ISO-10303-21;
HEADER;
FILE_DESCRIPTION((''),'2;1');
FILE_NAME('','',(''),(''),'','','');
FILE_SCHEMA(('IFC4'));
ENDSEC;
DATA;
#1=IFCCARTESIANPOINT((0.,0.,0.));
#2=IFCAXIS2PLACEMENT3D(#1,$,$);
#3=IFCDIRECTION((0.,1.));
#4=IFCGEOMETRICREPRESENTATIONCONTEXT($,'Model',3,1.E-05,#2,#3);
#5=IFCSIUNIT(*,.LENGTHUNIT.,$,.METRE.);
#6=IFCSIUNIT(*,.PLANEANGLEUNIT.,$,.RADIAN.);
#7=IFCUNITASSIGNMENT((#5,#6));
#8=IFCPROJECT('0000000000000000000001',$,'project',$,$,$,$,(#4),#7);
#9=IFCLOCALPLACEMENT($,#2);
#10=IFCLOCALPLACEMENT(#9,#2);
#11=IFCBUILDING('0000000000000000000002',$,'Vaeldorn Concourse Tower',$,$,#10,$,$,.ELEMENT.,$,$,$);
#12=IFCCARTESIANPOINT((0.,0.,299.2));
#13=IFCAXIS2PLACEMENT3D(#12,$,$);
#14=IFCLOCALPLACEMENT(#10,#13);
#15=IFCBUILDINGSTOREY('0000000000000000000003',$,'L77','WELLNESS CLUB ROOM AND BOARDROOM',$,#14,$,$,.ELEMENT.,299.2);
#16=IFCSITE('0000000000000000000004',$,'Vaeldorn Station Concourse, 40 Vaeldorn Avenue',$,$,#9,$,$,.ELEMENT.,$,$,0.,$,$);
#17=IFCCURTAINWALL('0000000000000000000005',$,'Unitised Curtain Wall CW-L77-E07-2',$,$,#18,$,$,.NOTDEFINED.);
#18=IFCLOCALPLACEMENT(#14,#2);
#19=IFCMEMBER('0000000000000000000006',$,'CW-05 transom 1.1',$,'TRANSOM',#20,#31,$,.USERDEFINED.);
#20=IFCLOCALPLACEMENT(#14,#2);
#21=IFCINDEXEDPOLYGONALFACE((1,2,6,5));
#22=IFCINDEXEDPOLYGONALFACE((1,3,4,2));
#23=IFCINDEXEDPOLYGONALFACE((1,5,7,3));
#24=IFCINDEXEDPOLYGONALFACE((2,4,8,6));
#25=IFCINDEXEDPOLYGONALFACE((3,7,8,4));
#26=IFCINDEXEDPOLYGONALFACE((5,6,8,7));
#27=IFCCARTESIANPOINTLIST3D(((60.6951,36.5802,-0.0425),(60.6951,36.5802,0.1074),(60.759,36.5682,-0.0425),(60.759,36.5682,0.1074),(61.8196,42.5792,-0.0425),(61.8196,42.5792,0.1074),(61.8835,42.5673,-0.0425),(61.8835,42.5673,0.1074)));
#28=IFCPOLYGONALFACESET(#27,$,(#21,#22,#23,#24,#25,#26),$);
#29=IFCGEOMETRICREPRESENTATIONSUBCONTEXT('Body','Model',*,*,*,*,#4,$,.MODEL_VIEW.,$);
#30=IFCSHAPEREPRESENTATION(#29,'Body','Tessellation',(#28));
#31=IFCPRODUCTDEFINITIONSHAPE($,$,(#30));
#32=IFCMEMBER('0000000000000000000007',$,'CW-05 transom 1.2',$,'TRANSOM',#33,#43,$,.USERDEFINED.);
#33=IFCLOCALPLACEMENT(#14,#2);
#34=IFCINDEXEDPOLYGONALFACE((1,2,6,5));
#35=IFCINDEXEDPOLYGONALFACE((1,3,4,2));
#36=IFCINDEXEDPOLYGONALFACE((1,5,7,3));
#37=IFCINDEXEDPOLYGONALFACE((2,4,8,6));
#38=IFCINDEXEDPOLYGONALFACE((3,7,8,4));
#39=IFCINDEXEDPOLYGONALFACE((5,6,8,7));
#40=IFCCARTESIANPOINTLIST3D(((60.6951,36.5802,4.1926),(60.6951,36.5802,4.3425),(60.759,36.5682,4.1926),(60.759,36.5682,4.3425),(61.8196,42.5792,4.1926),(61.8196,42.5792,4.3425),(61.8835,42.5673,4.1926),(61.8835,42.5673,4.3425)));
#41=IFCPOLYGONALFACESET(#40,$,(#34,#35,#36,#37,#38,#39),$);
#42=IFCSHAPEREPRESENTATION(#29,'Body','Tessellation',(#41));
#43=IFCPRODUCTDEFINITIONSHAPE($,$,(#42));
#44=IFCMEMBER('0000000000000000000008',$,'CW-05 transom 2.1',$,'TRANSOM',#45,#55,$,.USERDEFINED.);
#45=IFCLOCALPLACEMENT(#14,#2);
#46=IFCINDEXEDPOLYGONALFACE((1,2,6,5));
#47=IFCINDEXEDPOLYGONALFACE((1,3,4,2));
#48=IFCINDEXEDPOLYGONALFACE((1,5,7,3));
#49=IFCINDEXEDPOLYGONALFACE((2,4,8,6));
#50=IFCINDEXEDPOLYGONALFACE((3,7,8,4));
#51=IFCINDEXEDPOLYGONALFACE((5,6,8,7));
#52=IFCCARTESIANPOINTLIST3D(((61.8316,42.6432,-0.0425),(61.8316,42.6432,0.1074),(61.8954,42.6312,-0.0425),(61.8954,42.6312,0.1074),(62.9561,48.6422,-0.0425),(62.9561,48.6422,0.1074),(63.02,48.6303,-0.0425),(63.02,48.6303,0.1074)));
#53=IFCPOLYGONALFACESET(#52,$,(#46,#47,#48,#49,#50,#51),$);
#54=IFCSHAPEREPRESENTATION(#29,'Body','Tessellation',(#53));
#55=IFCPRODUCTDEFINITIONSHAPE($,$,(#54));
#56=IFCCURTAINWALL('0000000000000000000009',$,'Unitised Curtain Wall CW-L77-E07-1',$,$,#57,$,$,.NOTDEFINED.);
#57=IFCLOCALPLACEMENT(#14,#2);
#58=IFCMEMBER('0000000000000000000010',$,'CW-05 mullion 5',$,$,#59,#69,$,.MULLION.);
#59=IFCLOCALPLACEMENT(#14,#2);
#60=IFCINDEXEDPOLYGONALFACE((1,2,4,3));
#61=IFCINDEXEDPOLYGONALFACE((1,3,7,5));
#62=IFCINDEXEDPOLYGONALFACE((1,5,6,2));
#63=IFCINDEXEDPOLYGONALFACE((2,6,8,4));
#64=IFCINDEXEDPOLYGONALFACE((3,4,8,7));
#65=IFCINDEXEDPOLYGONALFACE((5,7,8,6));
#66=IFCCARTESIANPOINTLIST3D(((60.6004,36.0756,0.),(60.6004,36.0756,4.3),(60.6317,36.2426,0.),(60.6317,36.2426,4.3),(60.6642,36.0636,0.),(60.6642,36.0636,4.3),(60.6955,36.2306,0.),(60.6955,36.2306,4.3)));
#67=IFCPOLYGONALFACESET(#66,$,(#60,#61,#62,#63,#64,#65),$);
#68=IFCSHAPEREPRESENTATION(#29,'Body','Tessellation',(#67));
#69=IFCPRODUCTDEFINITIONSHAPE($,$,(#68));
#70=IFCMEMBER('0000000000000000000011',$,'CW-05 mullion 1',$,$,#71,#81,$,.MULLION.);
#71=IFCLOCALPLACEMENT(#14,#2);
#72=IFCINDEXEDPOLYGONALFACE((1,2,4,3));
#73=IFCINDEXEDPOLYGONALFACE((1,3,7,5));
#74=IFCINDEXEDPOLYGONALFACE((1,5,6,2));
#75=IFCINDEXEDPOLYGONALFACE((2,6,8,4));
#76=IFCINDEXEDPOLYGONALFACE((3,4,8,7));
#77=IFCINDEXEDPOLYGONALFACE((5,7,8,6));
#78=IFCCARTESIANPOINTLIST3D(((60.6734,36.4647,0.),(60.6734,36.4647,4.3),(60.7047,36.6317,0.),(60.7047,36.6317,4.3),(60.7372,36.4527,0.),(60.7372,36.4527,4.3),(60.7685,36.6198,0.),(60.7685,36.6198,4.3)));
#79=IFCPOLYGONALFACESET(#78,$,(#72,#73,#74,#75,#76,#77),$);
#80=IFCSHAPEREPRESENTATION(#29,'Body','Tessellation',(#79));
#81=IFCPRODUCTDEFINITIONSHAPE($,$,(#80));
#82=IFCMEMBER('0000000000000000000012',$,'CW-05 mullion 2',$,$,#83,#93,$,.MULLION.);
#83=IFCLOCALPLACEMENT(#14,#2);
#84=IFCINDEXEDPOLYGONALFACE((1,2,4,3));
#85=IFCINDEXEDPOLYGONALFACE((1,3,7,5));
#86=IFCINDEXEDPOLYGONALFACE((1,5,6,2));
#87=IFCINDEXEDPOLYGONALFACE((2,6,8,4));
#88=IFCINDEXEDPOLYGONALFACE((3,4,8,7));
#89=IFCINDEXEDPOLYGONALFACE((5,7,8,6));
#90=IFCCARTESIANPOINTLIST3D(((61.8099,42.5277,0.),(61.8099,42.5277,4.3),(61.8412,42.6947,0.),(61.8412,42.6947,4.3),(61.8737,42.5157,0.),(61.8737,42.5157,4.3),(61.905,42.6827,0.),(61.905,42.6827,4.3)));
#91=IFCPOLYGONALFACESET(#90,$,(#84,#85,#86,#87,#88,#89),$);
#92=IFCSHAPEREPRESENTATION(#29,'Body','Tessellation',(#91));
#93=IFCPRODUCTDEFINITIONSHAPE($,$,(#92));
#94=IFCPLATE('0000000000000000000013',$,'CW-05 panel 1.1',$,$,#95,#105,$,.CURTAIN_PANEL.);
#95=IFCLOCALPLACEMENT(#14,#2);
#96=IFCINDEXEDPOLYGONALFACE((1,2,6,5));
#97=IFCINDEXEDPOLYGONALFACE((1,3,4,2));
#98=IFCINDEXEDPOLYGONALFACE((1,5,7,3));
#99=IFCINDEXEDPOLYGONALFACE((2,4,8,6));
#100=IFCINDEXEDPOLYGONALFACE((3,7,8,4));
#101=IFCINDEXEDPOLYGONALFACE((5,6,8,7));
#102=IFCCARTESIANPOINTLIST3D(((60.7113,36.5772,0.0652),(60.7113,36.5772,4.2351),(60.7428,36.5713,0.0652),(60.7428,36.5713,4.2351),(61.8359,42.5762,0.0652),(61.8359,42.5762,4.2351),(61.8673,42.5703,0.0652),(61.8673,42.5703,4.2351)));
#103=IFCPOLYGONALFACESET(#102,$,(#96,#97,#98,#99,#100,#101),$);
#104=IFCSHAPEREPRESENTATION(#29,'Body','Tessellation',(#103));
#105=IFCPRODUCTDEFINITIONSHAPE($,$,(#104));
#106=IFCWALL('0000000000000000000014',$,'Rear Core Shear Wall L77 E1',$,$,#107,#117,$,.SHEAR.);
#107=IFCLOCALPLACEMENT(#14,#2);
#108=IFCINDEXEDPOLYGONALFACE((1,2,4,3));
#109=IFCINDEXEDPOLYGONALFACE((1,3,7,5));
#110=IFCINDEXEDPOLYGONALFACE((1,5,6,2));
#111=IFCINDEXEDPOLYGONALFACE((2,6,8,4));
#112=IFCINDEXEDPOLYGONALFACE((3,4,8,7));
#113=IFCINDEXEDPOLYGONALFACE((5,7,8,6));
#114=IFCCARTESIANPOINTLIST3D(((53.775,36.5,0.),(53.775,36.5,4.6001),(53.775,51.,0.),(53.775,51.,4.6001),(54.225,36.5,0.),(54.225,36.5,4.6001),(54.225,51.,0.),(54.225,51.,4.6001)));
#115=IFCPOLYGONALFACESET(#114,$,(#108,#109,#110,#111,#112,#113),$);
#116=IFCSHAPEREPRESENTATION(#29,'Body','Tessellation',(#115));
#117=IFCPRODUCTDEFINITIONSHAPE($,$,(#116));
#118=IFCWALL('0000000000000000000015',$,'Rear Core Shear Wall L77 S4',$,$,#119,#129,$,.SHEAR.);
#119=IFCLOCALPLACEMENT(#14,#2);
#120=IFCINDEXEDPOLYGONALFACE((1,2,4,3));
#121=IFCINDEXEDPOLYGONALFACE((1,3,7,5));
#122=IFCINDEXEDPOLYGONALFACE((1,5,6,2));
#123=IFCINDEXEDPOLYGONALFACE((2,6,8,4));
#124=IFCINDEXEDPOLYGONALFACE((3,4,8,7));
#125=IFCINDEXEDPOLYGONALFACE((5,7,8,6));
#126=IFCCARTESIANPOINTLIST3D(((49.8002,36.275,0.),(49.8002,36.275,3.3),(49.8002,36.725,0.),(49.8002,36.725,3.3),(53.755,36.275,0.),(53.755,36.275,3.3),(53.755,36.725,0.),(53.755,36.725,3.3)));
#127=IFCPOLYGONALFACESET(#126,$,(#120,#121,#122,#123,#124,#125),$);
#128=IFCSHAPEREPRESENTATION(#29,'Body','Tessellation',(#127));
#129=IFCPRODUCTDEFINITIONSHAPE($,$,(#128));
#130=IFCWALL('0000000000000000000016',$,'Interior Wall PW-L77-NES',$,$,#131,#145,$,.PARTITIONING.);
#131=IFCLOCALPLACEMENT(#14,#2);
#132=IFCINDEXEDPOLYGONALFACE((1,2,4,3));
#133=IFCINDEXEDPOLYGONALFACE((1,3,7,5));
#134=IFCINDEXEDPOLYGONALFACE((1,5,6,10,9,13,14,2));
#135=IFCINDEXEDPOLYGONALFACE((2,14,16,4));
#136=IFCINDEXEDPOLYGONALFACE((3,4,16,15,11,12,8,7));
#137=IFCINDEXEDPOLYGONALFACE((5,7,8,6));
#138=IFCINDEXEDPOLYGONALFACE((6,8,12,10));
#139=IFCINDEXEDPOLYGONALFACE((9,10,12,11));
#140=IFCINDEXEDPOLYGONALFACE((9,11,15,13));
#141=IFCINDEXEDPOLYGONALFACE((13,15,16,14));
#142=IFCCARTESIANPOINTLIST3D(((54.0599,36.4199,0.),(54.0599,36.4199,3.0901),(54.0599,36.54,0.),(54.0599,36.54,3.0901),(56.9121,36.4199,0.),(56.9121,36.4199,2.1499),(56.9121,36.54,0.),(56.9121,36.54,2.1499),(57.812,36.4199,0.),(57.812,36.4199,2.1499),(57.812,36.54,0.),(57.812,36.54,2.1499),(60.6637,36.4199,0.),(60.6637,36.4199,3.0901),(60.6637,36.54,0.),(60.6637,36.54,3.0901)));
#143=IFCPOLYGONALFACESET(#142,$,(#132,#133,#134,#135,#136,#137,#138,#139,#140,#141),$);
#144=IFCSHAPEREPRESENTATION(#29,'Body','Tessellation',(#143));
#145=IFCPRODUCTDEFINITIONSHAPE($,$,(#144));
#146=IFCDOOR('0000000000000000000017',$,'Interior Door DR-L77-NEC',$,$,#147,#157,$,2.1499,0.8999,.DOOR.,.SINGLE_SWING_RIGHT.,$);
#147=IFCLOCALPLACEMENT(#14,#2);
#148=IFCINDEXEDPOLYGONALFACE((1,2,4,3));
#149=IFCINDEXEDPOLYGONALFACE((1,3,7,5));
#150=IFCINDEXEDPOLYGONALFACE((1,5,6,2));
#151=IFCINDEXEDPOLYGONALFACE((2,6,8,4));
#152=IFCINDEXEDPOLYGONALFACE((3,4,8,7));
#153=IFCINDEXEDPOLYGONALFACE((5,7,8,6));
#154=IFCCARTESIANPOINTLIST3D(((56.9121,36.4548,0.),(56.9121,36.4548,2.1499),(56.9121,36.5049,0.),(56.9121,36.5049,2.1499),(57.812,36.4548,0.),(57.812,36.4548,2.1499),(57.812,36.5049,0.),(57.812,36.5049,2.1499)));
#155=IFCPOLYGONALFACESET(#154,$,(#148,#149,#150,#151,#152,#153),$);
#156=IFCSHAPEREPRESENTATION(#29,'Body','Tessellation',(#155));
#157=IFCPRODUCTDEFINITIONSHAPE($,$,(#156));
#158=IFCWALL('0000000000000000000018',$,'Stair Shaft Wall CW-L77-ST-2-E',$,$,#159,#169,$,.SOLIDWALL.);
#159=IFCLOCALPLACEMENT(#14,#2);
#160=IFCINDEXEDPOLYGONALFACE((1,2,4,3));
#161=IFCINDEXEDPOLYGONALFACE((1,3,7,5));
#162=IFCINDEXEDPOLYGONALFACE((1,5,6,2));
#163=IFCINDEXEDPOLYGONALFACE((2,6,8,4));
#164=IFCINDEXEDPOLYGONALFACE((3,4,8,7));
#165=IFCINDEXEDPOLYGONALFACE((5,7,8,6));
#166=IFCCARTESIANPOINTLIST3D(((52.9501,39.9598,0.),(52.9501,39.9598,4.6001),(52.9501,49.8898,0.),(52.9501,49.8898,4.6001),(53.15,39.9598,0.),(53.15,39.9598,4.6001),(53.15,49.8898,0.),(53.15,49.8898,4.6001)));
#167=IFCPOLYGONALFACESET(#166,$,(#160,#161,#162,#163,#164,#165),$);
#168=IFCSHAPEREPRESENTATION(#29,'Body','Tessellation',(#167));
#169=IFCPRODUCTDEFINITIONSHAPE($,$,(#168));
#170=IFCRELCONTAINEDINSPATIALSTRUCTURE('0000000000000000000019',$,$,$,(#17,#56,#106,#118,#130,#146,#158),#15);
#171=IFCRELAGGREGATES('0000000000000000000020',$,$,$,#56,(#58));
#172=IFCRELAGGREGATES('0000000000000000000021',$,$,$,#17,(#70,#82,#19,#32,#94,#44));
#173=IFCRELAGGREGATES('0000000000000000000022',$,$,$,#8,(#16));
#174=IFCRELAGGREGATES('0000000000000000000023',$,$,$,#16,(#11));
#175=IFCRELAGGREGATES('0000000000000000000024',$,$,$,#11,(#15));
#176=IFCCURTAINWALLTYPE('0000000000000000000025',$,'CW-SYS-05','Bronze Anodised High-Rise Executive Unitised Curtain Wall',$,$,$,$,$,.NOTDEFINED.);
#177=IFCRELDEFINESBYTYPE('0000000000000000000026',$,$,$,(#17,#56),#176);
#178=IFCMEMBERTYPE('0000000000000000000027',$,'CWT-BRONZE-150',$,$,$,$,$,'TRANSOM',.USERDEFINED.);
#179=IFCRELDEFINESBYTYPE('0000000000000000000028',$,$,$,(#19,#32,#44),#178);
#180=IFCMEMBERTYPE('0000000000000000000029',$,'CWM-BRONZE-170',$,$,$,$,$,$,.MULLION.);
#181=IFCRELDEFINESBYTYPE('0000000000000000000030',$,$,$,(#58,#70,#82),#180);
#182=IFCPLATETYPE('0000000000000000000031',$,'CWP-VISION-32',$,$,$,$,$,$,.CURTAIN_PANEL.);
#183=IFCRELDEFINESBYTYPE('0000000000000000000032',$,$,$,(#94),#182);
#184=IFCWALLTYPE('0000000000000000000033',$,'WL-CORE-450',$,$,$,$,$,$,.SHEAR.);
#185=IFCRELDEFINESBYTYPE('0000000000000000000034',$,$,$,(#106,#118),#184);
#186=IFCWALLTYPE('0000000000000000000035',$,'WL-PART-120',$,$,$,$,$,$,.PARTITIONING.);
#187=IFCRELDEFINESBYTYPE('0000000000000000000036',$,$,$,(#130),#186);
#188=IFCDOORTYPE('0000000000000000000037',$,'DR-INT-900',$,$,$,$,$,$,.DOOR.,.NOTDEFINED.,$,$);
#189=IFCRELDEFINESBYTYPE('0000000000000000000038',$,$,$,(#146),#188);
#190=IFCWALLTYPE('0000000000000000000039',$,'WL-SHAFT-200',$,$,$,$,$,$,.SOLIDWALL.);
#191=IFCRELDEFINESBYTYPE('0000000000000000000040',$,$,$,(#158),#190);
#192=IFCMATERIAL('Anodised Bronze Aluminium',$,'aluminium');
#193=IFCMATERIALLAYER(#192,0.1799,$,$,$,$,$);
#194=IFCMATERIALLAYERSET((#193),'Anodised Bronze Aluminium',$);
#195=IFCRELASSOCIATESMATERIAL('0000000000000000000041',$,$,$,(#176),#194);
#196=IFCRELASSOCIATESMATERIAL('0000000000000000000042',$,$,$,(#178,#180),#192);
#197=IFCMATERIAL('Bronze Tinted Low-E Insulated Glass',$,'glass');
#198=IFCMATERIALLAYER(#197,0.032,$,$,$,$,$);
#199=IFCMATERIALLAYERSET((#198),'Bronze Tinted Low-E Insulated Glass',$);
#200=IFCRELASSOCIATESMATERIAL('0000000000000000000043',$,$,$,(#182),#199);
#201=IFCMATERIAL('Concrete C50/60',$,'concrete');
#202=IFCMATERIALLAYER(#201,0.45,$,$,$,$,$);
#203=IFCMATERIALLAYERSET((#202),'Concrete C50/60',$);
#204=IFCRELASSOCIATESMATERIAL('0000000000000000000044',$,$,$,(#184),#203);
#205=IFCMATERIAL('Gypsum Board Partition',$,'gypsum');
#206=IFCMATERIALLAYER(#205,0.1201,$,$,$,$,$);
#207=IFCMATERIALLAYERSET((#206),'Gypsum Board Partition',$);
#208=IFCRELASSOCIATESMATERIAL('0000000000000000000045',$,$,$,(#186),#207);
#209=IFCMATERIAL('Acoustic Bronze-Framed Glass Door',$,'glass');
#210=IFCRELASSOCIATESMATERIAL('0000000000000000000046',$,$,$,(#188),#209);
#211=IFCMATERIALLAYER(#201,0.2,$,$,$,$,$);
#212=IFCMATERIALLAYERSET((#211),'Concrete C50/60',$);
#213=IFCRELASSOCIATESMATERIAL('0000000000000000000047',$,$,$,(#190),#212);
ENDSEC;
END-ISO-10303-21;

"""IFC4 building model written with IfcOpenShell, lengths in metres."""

from ifc_helpers import new_model, si_unit, direction, frame, frame_2d, origin, origin_2d, place, context, subcontext, project, spatial, rectangle, extrude, source, transform, mapped, material, layer, layer_set, material_profile, profile_set, type_object, element, fill, aggregate, save


model = new_model("IFC4")

# Units and contexts
model_context = context("Model", 3, precision=1e-05, world=origin(), true_north=direction((0.0, 1.0)))
body_context = subcontext(model_context, "Body", "Model", "MODEL_VIEW")
ifc_project = project(units=[si_unit("LENGTHUNIT", "METRE"), si_unit("PLANEANGLEUNIT", "RADIAN")], contexts=[model_context])

# Site, building, storey
site_placement = place(None, origin())
site = spatial("IfcSite", under=ifc_project, at=site_placement, Name="Vaeldorn Station Concourse, 40 Vaeldorn Avenue", CompositionType="ELEMENT", RefElevation=0.0)
building_placement = place(site_placement, origin())
building = spatial("IfcBuilding", under=site, at=building_placement, Name="Vaeldorn Concourse Tower", CompositionType="ELEMENT")
storey_placement = place(building_placement, frame((0.0, 0.0, 299.2)))
storey = spatial("IfcBuildingStorey", under=building, at=storey_placement, Name="L77", Description="WELLNESS CLUB ROOM AND BOARDROOM", CompositionType="ELEMENT", Elevation=299.2)

# Shared definitions
ifc_material_1 = material(Name="Concrete C50/60", Category="concrete")

# Curtain wall, members
ifc_material_2 = material(Name="Anodised Bronze Aluminium", Category="aluminium")
ifc_layer_1 = layer(ifc_material_2, 0.1799)
ifc_layer_set_1 = layer_set([ifc_layer_1], Name="Anodised Bronze Aluminium")
curtain_wall_type = type_object("IfcCurtainWallType", Name="CW-SYS-05", Description="Bronze Anodised High-Rise Executive Unitised Curtain Wall", PredefinedType="NOTDEFINED", material=ifc_layer_set_1)
curtain_wall_1_placement = place(storey_placement, origin())
curtain_wall_1 = element("IfcCurtainWall", 1, at=curtain_wall_1_placement, inside=storey, type_object=curtain_wall_type, Name="Unitised Curtain Wall CW-L77-E07-2", PredefinedType="NOTDEFINED")
ifc_material_profile_1 = material_profile(ifc_material_2, rectangle(XDim=0.0649, YDim=0.1499, at=origin_2d()), Name="CWT 65x150")
ifc_profile_set_1 = profile_set([ifc_material_profile_1], Name="Anodised Bronze Aluminium")
member_type_1 = type_object("IfcMemberType", Name="CWT-BRONZE-150", ElementType="TRANSOM", PredefinedType="USERDEFINED", material=ifc_profile_set_1)
shared_shape_1 = source(origin(), body_context, "Body", "SweptSolid", [
    extrude(rectangle(XDim=0.0649, YDim=0.1499, at=origin_2d()), origin(), (0.0, 0.0, 1.0), 6.1035),
])
member_1_placement = place(storey_placement, frame((60.7271, 36.5742, 0.0325), z_axis=(0.18424, 0.982881, 0.0), x_axis=(-0.982881, 0.18424, 0.0)))
member_1 = element("IfcMember", 2, at=member_1_placement, type_object=member_type_1, Name="CW-05 transom 1.1", ObjectType="TRANSOM", PredefinedType="USERDEFINED", context=body_context, shape_type="MappedRepresentation", body=[
    mapped(shared_shape_1, transform((0.0, 0.0, 0.0), scale=1.0)),
])
member_2_placement = place(storey_placement, frame((60.7271, 36.5742, 4.2676), z_axis=(0.18424, 0.982881, 0.0), x_axis=(-0.982881, 0.18424, 0.0)))
member_2 = element("IfcMember", 3, at=member_2_placement, type_object=member_type_1, Name="CW-05 transom 1.2", ObjectType="TRANSOM", PredefinedType="USERDEFINED", context=body_context, shape_type="MappedRepresentation", body=[
    mapped(shared_shape_1, transform((0.0, 0.0, 0.0), scale=1.0)),
])
member_3_placement = place(storey_placement, frame((61.8635, 42.6372, 0.0325), z_axis=(0.18424, 0.982881, 0.0), x_axis=(-0.982881, 0.18424, 0.0)))
member_3 = element("IfcMember", 4, at=member_3_placement, type_object=member_type_1, Name="CW-05 transom 2.1", ObjectType="TRANSOM", PredefinedType="USERDEFINED", context=body_context, shape_type="MappedRepresentation", body=[
    mapped(shared_shape_1, transform((0.0, 0.0, 0.0), scale=1.0)),
])

# Curtain wall, member
curtain_wall_2_placement = place(storey_placement, origin())
curtain_wall_2 = element("IfcCurtainWall", 5, at=curtain_wall_2_placement, inside=storey, type_object=curtain_wall_type, Name="Unitised Curtain Wall CW-L77-E07-1", PredefinedType="NOTDEFINED")
ifc_material_profile_2 = material_profile(ifc_material_2, rectangle(XDim=0.0649, YDim=0.1699, at=origin_2d()), Name="CWM 65x170")
ifc_profile_set_2 = profile_set([ifc_material_profile_2], Name="Anodised Bronze Aluminium")
member_type_2 = type_object("IfcMemberType", Name="CWM-BRONZE-170", PredefinedType="MULLION", material=ifc_profile_set_2)
shared_shape_2 = source(origin(), body_context, "Body", "SweptSolid", [
    extrude(rectangle(XDim=0.0649, YDim=0.1699, at=origin_2d()), origin(), (0.0, 0.0, 1.0), 4.3),
])
member_4_placement = place(storey_placement, frame((60.6479, 36.1531, 0.0), z_axis=(0.0, 0.0, 1.0), x_axis=(-0.98288, 0.184247, 0.0)))
member_4 = element("IfcMember", 6, at=member_4_placement, type_object=member_type_2, Name="CW-05 mullion 5", PredefinedType="MULLION", context=body_context, shape_type="MappedRepresentation", body=[
    mapped(shared_shape_2, transform((0.0, 0.0, 0.0), scale=1.0)),
])
aggregate(curtain_wall_2, [member_4])

# Members
member_5_placement = place(storey_placement, frame((60.7209, 36.5422, 0.0), z_axis=(0.0, 0.0, 1.0), x_axis=(-0.98288, 0.184246, 0.0)))
member_5 = element("IfcMember", 7, at=member_5_placement, type_object=member_type_2, Name="CW-05 mullion 1", PredefinedType="MULLION", context=body_context, shape_type="MappedRepresentation", body=[
    mapped(shared_shape_2, transform((0.0, 0.0, 0.0), scale=1.0)),
])
member_6_placement = place(storey_placement, frame((61.8574, 42.6052, 0.0), z_axis=(0.0, 0.0, 1.0), x_axis=(-0.98288, 0.184246, 0.0)))
member_6 = element("IfcMember", 8, at=member_6_placement, type_object=member_type_2, Name="CW-05 mullion 2", PredefinedType="MULLION", context=body_context, shape_type="MappedRepresentation", body=[
    mapped(shared_shape_2, transform((0.0, 0.0, 0.0), scale=1.0)),
])

# Plate
ifc_material_3 = material(Name="Bronze Tinted Low-E Insulated Glass", Category="glass")
ifc_layer_2 = layer(ifc_material_3, 0.032)
ifc_layer_set_2 = layer_set([ifc_layer_2], Name="Bronze Tinted Low-E Insulated Glass")
plate_type = type_object("IfcPlateType", Name="CWP-VISION-32", PredefinedType="CURTAIN_PANEL", material=ifc_layer_set_2)
shared_shape_3 = source(origin(), body_context, "Body", "SweptSolid", [
    extrude(rectangle(XDim=6.1035, YDim=0.032, at=origin_2d()), origin(), (0.0, 0.0, 1.0), 4.1699),
])
plate_placement = place(storey_placement, frame((61.2893, 39.5737, 0.0652), z_axis=(0.0, 0.0, 1.0), x_axis=(0.184246, 0.98288, 0.0)))
plate = element("IfcPlate", 9, at=plate_placement, type_object=plate_type, Name="CW-05 panel 1.1", PredefinedType="CURTAIN_PANEL", context=body_context, shape_type="MappedRepresentation", body=[
    mapped(shared_shape_3, transform((0.0, 0.0, 0.0), scale=1.0)),
])
aggregate(curtain_wall_1, [member_5, member_6, member_1, member_2, plate, member_3])

# Walls
ifc_layer_3 = layer(ifc_material_1, 0.45)
ifc_layer_set_3 = layer_set([ifc_layer_3], Name="Concrete C50/60")
wall_type_1 = type_object("IfcWallType", Name="WL-CORE-450", PredefinedType="SHEAR", material=ifc_layer_set_3)
wall_1_placement = place(storey_placement, frame((54.0, 36.5, 0.0), z_axis=(0.0, 0.0, 1.0), x_axis=(0.0, 1.0, 0.0)))
element("IfcWall", 10, at=wall_1_placement, inside=storey, type_object=wall_type_1, Name="Rear Core Shear Wall L77 E1", PredefinedType="SHEAR", context=body_context, shape_type="SweptSolid", body=[
    extrude(rectangle(XDim=14.5, YDim=0.45, at=frame_2d((7.25, 0.0))), origin(), (0.0, 0.0, 1.0), 4.6001),
])
wall_2_placement = place(storey_placement, frame((49.8, 36.5, 0.0), z_axis=(0.0, 0.0, 1.0), x_axis=(1.0, 0.0, 0.0)))
element("IfcWall", 11, at=wall_2_placement, inside=storey, type_object=wall_type_1, Name="Rear Core Shear Wall L77 S4", PredefinedType="SHEAR", context=body_context, shape_type="SweptSolid", body=[
    extrude(rectangle(XDim=3.9548, YDim=0.45, at=frame_2d((1.9775, 0.0))), origin(), (0.0, 0.0, 1.0), 3.3),
])

# Wall, opening, door
ifc_material_4 = material(Name="Gypsum Board Partition", Category="gypsum")
ifc_layer_4 = layer(ifc_material_4, 0.1201)
ifc_layer_set_4 = layer_set([ifc_layer_4], Name="Gypsum Board Partition")
wall_type_2 = type_object("IfcWallType", Name="WL-PART-120", PredefinedType="PARTITIONING", material=ifc_layer_set_4)
wall_3_placement = place(storey_placement, frame((54.0601, 36.48, 0.0), z_axis=(0.0, 0.0, 1.0), x_axis=(1.0, 0.0, 0.0)))
wall_3 = element("IfcWall", 12, at=wall_3_placement, inside=storey, type_object=wall_type_2, Name="Interior Wall PW-L77-NES", PredefinedType="PARTITIONING", context=body_context, shape_type="SweptSolid", body=[
    extrude(rectangle(XDim=6.6038, YDim=0.1201, at=frame_2d((3.3018, 0.0))), origin(), (0.0, 0.0, 1.0), 3.0901),
])
opening_placement = place(wall_3_placement, frame((2.8521, 0.0, 0.0)))
opening = element("IfcOpeningElement", 13, at=opening_placement, cuts=wall_3, PredefinedType="OPENING", context=body_context, shape_type="SweptSolid", body=[
    extrude(rectangle(XDim=0.8999, YDim=2.1499, at=frame_2d((0.45, 1.075))), frame((0.0, 0.0701, 0.0), z_axis=(0.0, -1.0, 0.0), x_axis=(1.0, 0.0, 0.0)), (0.0, 0.0, 1.0), 0.1401),
])
ifc_material_5 = material(Name="Acoustic Bronze-Framed Glass Door", Category="glass")
door_type = type_object("IfcDoorType", Name="DR-INT-900", OperationType="NOTDEFINED", PredefinedType="DOOR", material=ifc_material_5)
shared_shape_4 = source(origin(), body_context, "Body", "SweptSolid", [
    extrude(rectangle(XDim=0.8999, YDim=2.1499, at=frame_2d((0.45, 1.075))), frame((0.0, 0.0249, 0.0), z_axis=(0.0, -1.0, 0.0), x_axis=(1.0, 0.0, 0.0)), (0.0, 0.0, 1.0), 0.05),
])
door_placement = place(opening_placement, origin())
door = element("IfcDoor", 14, at=door_placement, inside=storey, type_object=door_type, Name="Interior Door DR-L77-NEC", OperationType="SINGLE_SWING_RIGHT", OverallHeight=2.1499, OverallWidth=0.8999, PredefinedType="DOOR", context=body_context, shape_type="MappedRepresentation", body=[
    mapped(shared_shape_4, transform((0.0, 0.0, 0.0), scale=1.0)),
])
fill(opening, door)

# Wall
ifc_layer_5 = layer(ifc_material_1, 0.2)
ifc_layer_set_5 = layer_set([ifc_layer_5], Name="Concrete C50/60")
wall_type_3 = type_object("IfcWallType", Name="WL-SHAFT-200", PredefinedType="SOLIDWALL", material=ifc_layer_set_5)
wall_4_placement = place(storey_placement, frame((53.05, 39.96, 0.0), z_axis=(0.0, 0.0, 1.0), x_axis=(0.0, 1.0, 0.0)))
element("IfcWall", 15, at=wall_4_placement, inside=storey, type_object=wall_type_3, Name="Stair Shaft Wall CW-L77-ST-2-E", PredefinedType="SOLIDWALL", context=body_context, shape_type="SweptSolid", body=[
    extrude(rectangle(XDim=9.9299, YDim=0.2, at=frame_2d((4.9648, 0.0))), origin(), (0.0, 0.0, 1.0), 4.6001),
])

save(model, "model.ifc")
